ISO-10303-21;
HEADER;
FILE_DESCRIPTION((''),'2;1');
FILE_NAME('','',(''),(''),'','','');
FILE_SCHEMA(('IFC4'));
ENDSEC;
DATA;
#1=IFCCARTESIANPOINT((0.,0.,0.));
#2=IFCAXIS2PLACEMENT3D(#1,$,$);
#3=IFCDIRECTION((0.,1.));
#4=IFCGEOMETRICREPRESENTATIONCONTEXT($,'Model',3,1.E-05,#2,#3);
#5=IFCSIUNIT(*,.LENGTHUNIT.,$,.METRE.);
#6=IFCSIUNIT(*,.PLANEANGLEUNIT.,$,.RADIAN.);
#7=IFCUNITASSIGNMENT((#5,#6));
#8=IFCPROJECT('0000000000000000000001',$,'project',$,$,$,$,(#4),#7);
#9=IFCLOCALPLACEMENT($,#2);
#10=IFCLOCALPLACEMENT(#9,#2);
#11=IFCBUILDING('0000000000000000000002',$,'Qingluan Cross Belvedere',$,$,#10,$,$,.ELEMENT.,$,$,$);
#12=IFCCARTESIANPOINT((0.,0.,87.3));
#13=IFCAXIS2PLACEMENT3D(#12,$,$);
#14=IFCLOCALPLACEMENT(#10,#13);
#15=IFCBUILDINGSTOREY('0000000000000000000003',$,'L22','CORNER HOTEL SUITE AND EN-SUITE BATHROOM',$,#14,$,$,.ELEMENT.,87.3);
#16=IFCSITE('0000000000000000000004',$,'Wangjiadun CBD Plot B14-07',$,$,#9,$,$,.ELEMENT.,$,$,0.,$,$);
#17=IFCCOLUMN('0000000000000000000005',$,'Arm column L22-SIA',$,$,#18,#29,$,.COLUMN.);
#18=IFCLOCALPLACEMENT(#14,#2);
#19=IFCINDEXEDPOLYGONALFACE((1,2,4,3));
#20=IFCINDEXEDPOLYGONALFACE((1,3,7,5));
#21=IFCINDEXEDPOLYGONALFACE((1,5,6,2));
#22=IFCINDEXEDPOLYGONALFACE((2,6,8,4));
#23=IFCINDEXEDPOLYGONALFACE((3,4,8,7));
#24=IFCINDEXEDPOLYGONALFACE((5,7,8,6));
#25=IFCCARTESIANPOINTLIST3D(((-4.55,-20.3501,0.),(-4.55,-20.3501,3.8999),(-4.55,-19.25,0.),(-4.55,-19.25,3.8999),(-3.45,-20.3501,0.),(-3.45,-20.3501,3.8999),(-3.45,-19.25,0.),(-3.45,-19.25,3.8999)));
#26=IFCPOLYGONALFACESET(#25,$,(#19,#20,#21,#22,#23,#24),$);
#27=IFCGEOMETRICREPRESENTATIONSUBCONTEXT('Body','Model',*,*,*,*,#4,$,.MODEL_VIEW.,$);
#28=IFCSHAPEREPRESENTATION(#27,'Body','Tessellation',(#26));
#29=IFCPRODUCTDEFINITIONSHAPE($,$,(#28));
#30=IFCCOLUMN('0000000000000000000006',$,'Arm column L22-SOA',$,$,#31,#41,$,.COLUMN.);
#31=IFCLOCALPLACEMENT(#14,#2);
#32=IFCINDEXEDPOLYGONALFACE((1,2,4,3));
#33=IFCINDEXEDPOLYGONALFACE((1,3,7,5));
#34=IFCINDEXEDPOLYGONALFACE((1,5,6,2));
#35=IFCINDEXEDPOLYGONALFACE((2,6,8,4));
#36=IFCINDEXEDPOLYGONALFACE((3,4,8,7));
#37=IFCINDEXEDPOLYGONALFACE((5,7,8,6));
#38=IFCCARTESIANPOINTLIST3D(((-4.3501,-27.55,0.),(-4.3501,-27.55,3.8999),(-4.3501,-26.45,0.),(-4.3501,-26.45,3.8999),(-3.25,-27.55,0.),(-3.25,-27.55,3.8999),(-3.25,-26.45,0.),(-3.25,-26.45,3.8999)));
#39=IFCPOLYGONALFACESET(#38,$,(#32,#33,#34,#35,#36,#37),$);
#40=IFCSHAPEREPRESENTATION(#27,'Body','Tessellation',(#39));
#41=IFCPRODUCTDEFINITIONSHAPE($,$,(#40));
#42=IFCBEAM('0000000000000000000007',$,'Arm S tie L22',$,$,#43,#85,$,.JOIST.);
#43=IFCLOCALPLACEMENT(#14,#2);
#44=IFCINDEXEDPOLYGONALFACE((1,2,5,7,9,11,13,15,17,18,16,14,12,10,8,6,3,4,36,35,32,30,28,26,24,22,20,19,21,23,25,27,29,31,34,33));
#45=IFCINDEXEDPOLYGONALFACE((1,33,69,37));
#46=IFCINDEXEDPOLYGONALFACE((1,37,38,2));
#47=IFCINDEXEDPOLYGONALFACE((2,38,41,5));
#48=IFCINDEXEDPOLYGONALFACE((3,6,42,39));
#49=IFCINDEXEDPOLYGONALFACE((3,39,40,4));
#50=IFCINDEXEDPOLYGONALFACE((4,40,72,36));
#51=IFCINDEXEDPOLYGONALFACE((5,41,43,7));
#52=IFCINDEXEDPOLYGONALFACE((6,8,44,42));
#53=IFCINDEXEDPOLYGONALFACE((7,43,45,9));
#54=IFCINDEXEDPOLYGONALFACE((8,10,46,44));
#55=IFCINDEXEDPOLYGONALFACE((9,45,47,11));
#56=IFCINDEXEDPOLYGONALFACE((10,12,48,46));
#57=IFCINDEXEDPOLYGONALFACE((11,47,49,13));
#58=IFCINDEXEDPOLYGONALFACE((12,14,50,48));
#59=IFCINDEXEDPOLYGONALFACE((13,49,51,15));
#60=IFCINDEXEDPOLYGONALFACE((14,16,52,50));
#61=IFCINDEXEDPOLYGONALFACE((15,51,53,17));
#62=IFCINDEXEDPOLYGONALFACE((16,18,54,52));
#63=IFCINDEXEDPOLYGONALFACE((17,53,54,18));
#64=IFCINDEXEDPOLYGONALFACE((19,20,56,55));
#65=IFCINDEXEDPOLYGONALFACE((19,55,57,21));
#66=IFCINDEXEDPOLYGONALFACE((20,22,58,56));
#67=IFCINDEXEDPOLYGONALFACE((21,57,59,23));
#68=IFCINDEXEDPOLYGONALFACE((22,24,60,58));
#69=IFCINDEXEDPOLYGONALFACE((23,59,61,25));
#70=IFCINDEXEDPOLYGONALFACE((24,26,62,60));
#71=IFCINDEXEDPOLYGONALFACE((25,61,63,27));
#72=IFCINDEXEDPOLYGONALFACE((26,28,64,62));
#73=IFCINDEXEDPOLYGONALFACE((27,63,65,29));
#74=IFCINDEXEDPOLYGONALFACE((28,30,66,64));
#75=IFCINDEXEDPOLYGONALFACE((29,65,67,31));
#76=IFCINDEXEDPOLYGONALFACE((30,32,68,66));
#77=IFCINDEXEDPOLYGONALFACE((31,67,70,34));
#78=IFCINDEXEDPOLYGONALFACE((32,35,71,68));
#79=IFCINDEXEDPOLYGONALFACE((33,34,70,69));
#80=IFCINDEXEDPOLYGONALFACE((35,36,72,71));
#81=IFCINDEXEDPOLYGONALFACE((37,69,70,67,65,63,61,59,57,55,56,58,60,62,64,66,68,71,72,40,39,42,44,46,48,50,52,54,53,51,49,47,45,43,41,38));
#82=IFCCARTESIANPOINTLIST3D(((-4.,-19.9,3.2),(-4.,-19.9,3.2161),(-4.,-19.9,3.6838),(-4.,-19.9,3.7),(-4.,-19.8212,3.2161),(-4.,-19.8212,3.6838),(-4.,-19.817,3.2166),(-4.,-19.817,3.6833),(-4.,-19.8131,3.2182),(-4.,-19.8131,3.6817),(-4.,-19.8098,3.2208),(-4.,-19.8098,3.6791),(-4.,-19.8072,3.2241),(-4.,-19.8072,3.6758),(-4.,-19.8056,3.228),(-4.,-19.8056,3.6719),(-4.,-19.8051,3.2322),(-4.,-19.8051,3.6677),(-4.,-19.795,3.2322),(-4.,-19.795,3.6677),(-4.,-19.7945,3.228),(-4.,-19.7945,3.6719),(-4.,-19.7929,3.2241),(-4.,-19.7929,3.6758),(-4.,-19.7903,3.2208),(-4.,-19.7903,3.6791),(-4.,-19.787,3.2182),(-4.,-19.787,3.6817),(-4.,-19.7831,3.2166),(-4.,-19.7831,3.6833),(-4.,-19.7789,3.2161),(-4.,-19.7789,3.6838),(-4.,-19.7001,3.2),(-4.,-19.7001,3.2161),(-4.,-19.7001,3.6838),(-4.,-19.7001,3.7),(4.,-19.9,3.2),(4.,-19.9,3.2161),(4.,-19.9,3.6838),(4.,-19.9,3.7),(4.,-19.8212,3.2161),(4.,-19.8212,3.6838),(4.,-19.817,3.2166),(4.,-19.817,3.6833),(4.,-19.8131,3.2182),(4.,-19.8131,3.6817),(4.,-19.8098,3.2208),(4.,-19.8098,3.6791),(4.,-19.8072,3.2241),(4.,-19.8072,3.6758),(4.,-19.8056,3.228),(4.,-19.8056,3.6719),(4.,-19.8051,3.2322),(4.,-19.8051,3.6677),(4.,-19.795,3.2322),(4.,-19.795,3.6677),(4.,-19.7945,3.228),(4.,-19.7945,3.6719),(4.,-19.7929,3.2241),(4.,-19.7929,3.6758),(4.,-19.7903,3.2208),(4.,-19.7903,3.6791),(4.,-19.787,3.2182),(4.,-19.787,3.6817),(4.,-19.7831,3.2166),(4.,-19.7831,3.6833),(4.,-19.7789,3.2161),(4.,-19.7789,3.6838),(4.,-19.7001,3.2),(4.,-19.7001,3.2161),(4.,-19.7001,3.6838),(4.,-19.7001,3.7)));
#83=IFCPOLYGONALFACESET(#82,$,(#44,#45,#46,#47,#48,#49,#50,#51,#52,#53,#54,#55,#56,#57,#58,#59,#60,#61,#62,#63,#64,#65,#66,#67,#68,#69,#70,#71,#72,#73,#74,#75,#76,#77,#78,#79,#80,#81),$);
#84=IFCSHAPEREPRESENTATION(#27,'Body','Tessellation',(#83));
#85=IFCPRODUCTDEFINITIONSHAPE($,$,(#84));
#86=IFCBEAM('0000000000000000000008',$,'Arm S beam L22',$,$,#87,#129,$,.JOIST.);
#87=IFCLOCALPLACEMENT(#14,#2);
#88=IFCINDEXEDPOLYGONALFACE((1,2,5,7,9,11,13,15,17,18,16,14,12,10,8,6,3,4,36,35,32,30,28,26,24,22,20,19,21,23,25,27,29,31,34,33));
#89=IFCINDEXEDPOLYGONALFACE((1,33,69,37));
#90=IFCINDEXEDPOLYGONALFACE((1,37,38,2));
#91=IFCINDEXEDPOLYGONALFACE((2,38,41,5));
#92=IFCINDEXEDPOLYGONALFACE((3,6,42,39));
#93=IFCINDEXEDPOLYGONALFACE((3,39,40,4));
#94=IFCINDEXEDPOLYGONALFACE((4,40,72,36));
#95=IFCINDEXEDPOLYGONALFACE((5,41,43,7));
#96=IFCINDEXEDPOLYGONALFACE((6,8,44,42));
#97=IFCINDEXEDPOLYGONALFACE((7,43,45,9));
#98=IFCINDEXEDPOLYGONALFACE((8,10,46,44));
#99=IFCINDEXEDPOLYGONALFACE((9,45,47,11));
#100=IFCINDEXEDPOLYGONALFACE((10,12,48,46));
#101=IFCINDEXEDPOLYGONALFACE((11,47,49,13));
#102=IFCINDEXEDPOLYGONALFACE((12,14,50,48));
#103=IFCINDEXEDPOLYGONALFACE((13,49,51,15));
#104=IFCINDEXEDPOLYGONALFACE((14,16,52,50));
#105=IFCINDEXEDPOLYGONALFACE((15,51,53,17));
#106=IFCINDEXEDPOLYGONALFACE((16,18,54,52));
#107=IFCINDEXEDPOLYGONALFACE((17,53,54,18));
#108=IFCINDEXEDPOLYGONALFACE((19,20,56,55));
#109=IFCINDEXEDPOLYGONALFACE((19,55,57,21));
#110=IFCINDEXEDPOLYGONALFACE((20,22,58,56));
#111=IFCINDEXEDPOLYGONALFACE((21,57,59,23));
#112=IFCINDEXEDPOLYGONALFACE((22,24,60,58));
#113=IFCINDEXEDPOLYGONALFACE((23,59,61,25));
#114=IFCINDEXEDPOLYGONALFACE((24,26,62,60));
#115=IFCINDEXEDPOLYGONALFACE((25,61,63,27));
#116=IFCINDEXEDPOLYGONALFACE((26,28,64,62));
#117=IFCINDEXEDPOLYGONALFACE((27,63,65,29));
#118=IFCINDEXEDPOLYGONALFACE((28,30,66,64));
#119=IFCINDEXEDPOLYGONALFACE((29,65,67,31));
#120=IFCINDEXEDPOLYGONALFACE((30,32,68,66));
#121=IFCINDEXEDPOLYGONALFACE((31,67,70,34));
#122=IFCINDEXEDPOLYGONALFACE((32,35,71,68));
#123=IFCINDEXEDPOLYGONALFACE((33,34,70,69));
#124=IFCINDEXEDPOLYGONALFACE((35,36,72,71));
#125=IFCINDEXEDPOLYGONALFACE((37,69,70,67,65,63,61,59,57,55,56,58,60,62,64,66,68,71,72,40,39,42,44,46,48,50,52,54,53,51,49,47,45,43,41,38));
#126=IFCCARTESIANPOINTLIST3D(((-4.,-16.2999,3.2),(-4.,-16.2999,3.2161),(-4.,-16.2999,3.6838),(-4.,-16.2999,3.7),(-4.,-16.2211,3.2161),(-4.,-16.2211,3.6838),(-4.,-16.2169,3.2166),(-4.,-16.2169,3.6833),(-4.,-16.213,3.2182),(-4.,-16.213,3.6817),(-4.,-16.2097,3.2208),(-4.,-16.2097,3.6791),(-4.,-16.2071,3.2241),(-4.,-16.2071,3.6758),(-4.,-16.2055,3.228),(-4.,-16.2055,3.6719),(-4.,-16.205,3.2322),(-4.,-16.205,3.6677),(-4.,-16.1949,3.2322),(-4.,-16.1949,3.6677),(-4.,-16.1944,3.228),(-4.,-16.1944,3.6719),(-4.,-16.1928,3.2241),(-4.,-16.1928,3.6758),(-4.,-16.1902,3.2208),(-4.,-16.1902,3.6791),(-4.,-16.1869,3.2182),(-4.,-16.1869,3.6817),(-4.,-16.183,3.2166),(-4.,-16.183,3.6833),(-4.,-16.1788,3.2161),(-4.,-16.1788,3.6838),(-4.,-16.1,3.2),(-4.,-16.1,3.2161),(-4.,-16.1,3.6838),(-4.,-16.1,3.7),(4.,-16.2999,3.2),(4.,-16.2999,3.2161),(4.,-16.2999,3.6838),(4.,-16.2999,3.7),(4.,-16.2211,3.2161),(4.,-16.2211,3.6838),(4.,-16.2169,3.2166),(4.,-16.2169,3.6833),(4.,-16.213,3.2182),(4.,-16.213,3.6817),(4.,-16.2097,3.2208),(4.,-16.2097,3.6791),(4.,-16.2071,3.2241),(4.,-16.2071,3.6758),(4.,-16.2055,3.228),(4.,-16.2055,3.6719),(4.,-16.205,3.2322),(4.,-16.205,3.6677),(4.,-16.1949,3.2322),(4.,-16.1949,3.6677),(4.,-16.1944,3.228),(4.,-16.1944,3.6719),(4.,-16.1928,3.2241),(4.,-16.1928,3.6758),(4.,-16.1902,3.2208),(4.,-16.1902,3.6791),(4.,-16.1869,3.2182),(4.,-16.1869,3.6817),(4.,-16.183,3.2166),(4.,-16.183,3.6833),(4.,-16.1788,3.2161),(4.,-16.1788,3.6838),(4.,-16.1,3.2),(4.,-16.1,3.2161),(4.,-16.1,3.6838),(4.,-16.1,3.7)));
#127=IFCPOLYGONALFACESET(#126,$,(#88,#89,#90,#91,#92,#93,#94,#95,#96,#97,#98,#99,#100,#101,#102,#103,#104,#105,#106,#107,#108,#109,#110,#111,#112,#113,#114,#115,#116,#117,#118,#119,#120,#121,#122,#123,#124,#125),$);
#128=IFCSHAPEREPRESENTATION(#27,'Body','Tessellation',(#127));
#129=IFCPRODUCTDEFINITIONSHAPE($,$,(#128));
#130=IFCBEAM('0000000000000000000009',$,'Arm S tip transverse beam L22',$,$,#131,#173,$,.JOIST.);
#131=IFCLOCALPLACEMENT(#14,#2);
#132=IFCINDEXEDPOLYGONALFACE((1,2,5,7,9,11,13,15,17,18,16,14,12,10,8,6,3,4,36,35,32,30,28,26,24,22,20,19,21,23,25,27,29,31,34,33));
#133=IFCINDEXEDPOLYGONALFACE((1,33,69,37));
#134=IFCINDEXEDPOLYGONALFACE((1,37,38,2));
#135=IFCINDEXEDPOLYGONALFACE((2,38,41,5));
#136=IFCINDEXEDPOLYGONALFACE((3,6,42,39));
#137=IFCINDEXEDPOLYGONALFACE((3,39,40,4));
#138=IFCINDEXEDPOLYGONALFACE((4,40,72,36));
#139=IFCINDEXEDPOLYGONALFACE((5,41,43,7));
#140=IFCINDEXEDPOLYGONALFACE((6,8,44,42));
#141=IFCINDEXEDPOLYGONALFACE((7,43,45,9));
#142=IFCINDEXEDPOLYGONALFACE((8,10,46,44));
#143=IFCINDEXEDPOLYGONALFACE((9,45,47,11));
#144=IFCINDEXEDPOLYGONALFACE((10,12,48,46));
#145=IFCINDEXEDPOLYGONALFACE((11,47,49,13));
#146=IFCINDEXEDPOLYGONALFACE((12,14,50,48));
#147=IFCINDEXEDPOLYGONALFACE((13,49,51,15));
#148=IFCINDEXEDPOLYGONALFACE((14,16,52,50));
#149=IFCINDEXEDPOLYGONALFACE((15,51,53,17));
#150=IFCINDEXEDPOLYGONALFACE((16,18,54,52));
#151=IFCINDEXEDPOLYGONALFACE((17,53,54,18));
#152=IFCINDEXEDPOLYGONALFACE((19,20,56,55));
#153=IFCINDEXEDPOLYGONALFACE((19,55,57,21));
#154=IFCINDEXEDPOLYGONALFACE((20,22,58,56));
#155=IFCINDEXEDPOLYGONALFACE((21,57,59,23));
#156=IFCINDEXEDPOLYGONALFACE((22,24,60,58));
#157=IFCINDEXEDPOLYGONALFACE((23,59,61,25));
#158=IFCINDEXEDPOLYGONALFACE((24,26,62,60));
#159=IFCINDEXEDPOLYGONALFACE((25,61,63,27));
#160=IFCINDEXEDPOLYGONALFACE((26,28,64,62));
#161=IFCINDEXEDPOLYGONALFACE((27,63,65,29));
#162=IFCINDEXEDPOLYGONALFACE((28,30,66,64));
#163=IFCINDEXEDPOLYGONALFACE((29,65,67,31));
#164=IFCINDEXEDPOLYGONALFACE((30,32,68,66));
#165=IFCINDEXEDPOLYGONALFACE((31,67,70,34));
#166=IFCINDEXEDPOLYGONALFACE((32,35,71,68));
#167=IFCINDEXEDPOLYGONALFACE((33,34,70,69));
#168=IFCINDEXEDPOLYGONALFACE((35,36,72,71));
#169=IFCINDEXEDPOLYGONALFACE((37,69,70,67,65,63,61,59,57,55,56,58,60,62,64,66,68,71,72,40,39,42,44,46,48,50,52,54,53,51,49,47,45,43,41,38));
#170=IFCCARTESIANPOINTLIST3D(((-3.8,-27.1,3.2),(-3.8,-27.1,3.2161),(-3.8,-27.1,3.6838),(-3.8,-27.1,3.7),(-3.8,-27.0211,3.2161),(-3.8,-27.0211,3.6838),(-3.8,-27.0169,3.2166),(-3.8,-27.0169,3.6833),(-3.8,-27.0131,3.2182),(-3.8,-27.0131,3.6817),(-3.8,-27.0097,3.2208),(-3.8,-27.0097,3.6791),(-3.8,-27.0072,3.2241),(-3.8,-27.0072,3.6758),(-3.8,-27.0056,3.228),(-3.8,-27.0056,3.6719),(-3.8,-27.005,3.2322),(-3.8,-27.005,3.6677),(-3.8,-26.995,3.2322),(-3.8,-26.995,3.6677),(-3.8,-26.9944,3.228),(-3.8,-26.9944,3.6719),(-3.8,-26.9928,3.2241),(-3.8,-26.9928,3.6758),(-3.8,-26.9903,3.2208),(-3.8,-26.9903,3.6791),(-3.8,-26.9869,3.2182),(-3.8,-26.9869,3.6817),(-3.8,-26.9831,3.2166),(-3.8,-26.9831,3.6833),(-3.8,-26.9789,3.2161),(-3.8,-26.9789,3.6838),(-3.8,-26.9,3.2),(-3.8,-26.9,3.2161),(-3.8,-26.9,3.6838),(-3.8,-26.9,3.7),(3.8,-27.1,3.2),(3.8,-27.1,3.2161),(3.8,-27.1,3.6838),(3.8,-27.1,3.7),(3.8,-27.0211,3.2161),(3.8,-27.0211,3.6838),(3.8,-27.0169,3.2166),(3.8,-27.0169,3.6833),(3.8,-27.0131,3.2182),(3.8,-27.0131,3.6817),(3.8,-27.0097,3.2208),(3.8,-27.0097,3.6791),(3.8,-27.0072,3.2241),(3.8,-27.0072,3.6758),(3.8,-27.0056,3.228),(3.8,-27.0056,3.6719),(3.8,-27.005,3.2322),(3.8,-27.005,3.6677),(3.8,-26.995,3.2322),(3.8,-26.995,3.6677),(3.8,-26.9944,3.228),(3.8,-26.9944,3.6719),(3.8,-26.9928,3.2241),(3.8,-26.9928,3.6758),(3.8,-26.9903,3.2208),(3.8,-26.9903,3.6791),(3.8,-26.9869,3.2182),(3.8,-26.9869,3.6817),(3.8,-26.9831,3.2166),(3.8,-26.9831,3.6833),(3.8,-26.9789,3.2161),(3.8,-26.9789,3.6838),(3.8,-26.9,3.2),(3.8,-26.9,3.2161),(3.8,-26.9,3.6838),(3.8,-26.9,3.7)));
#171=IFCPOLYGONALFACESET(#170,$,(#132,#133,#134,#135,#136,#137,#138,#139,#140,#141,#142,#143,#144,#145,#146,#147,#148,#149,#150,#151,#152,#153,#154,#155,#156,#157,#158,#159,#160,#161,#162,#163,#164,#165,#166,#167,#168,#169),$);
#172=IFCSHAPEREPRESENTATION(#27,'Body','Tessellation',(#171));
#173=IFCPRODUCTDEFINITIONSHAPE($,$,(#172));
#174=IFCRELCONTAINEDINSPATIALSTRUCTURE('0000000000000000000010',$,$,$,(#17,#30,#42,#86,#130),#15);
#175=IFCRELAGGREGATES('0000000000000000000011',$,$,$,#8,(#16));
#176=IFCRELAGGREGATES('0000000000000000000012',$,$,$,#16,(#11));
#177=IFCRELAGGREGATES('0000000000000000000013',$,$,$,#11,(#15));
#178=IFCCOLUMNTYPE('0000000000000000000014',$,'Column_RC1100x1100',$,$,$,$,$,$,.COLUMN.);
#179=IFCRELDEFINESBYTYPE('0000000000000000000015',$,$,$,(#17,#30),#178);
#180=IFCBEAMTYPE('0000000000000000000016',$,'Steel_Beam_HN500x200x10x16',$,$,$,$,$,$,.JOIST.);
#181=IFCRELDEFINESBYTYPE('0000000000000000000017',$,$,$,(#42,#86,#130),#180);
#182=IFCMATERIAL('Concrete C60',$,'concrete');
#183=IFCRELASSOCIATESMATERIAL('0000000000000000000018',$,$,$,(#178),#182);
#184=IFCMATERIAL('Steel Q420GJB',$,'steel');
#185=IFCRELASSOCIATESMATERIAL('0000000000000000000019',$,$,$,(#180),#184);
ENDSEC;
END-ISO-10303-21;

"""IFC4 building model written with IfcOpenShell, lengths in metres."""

from ifc_helpers import new_model, si_unit, direction, frame, origin, origin_2d, place, context, subcontext, project, spatial, rectangle, i_section, extrude, material, material_profile, profile_set, type_object, element, save


model = new_model("IFC4")

# Units and contexts
model_context = context("Model", 3, precision=1e-05, world=origin(), true_north=direction((0.0, 1.0)))
body_context = subcontext(model_context, "Body", "Model", "MODEL_VIEW")
ifc_project = project(units=[si_unit("LENGTHUNIT", "METRE"), si_unit("PLANEANGLEUNIT", "RADIAN")], contexts=[model_context])

# Site, building, storey
site_placement = place(None, origin())
site = spatial("IfcSite", under=ifc_project, at=site_placement, Name="Wangjiadun CBD Plot B14-07", CompositionType="ELEMENT", RefElevation=0.0)
building_placement = place(site_placement, origin())
building = spatial("IfcBuilding", under=site, at=building_placement, Name="Qingluan Cross Belvedere", CompositionType="ELEMENT")
storey_placement = place(building_placement, frame((0.0, 0.0, 87.3)))
storey = spatial("IfcBuildingStorey", under=building, at=storey_placement, Name="L22", Description="CORNER HOTEL SUITE AND EN-SUITE BATHROOM", CompositionType="ELEMENT", Elevation=87.3)

# Columns
ifc_material_1 = material(Name="Concrete C60", Category="concrete")
ifc_material_profile_1 = material_profile(ifc_material_1, rectangle(XDim=1.1001, YDim=1.1001, at=origin_2d()), Name="RC1100x1100")
ifc_profile_set_1 = profile_set([ifc_material_profile_1], Name="Concrete C60")
column_type = type_object("IfcColumnType", Name="Column_RC1100x1100", PredefinedType="COLUMN", material=ifc_profile_set_1)
for number, where, z_axis, x_axis, name in (
    (1, (-4.0, -19.8, 0.0), (0.0, 0.0, 1.0), (1.0, 0.0, 0.0), "Arm column L22-SIA"),
    (2, (-3.8, -27.0, 0.0), (0.0, 0.0, 1.0), (1.0, 0.0, 0.0), "Arm column L22-SOA"),
):
    element("IfcColumn", number, at=place(storey_placement, frame(where, z_axis=z_axis, x_axis=x_axis)), inside=storey, type_object=column_type, Name=name, PredefinedType="COLUMN", context=body_context, shape_type="SweptSolid", body=[
        extrude(rectangle(XDim=1.1001, YDim=1.1001, at=origin_2d()), origin(), (0.0, 0.0, 1.0), 3.8999),
    ])

# Beams
ifc_material_2 = material(Name="Steel Q420GJB", Category="steel")
ifc_material_profile_2 = material_profile(ifc_material_2, i_section(OverallWidth=0.2, OverallDepth=0.5, WebThickness=0.01, FlangeThickness=0.0161, FilletRadius=0.0161, at=origin_2d()), Name="HN500x200x10x16")
ifc_profile_set_2 = profile_set([ifc_material_profile_2], Name="Steel Q420GJB")
beam_type_1 = type_object("IfcBeamType", Name="Steel_Beam_HN500x200x10x16", PredefinedType="JOIST", material=ifc_profile_set_2)
for number, where, z_axis, x_axis, name in (
    (3, (-4.0, -19.8, 3.45), (1.0, 0.0, 0.0), (0.0, 1.0, 0.0), "Arm S tie L22"),
    (4, (-4.0, -16.2, 3.45), (1.0, 0.0, 0.0), (0.0, 1.0, 0.0), "Arm S beam L22"),
):
    element("IfcBeam", number, at=place(storey_placement, frame(where, z_axis=z_axis, x_axis=x_axis)), inside=storey, type_object=beam_type_1, Name=name, PredefinedType="JOIST", context=body_context, shape_type="SweptSolid", body=[
        extrude(i_section(OverallWidth=0.2, OverallDepth=0.5, WebThickness=0.01, FlangeThickness=0.0161, FilletRadius=0.0161, at=origin_2d()), origin(), (0.0, 0.0, 1.0), 8.0),
    ])
beam_1_placement = place(storey_placement, frame((-3.8, -27.0, 3.45), z_axis=(1.0, 0.0, 0.0), x_axis=(0.0, 1.0, 0.0)))
element("IfcBeam", 5, at=beam_1_placement, inside=storey, type_object=beam_type_1, Name="Arm S tip transverse beam L22", PredefinedType="JOIST", context=body_context, shape_type="SweptSolid", body=[
    extrude(i_section(OverallWidth=0.2, OverallDepth=0.5, WebThickness=0.01, FlangeThickness=0.0161, FilletRadius=0.0161, at=origin_2d()), origin(), (0.0, 0.0, 1.0), 7.6001),
])

save(model, "model.ifc")
